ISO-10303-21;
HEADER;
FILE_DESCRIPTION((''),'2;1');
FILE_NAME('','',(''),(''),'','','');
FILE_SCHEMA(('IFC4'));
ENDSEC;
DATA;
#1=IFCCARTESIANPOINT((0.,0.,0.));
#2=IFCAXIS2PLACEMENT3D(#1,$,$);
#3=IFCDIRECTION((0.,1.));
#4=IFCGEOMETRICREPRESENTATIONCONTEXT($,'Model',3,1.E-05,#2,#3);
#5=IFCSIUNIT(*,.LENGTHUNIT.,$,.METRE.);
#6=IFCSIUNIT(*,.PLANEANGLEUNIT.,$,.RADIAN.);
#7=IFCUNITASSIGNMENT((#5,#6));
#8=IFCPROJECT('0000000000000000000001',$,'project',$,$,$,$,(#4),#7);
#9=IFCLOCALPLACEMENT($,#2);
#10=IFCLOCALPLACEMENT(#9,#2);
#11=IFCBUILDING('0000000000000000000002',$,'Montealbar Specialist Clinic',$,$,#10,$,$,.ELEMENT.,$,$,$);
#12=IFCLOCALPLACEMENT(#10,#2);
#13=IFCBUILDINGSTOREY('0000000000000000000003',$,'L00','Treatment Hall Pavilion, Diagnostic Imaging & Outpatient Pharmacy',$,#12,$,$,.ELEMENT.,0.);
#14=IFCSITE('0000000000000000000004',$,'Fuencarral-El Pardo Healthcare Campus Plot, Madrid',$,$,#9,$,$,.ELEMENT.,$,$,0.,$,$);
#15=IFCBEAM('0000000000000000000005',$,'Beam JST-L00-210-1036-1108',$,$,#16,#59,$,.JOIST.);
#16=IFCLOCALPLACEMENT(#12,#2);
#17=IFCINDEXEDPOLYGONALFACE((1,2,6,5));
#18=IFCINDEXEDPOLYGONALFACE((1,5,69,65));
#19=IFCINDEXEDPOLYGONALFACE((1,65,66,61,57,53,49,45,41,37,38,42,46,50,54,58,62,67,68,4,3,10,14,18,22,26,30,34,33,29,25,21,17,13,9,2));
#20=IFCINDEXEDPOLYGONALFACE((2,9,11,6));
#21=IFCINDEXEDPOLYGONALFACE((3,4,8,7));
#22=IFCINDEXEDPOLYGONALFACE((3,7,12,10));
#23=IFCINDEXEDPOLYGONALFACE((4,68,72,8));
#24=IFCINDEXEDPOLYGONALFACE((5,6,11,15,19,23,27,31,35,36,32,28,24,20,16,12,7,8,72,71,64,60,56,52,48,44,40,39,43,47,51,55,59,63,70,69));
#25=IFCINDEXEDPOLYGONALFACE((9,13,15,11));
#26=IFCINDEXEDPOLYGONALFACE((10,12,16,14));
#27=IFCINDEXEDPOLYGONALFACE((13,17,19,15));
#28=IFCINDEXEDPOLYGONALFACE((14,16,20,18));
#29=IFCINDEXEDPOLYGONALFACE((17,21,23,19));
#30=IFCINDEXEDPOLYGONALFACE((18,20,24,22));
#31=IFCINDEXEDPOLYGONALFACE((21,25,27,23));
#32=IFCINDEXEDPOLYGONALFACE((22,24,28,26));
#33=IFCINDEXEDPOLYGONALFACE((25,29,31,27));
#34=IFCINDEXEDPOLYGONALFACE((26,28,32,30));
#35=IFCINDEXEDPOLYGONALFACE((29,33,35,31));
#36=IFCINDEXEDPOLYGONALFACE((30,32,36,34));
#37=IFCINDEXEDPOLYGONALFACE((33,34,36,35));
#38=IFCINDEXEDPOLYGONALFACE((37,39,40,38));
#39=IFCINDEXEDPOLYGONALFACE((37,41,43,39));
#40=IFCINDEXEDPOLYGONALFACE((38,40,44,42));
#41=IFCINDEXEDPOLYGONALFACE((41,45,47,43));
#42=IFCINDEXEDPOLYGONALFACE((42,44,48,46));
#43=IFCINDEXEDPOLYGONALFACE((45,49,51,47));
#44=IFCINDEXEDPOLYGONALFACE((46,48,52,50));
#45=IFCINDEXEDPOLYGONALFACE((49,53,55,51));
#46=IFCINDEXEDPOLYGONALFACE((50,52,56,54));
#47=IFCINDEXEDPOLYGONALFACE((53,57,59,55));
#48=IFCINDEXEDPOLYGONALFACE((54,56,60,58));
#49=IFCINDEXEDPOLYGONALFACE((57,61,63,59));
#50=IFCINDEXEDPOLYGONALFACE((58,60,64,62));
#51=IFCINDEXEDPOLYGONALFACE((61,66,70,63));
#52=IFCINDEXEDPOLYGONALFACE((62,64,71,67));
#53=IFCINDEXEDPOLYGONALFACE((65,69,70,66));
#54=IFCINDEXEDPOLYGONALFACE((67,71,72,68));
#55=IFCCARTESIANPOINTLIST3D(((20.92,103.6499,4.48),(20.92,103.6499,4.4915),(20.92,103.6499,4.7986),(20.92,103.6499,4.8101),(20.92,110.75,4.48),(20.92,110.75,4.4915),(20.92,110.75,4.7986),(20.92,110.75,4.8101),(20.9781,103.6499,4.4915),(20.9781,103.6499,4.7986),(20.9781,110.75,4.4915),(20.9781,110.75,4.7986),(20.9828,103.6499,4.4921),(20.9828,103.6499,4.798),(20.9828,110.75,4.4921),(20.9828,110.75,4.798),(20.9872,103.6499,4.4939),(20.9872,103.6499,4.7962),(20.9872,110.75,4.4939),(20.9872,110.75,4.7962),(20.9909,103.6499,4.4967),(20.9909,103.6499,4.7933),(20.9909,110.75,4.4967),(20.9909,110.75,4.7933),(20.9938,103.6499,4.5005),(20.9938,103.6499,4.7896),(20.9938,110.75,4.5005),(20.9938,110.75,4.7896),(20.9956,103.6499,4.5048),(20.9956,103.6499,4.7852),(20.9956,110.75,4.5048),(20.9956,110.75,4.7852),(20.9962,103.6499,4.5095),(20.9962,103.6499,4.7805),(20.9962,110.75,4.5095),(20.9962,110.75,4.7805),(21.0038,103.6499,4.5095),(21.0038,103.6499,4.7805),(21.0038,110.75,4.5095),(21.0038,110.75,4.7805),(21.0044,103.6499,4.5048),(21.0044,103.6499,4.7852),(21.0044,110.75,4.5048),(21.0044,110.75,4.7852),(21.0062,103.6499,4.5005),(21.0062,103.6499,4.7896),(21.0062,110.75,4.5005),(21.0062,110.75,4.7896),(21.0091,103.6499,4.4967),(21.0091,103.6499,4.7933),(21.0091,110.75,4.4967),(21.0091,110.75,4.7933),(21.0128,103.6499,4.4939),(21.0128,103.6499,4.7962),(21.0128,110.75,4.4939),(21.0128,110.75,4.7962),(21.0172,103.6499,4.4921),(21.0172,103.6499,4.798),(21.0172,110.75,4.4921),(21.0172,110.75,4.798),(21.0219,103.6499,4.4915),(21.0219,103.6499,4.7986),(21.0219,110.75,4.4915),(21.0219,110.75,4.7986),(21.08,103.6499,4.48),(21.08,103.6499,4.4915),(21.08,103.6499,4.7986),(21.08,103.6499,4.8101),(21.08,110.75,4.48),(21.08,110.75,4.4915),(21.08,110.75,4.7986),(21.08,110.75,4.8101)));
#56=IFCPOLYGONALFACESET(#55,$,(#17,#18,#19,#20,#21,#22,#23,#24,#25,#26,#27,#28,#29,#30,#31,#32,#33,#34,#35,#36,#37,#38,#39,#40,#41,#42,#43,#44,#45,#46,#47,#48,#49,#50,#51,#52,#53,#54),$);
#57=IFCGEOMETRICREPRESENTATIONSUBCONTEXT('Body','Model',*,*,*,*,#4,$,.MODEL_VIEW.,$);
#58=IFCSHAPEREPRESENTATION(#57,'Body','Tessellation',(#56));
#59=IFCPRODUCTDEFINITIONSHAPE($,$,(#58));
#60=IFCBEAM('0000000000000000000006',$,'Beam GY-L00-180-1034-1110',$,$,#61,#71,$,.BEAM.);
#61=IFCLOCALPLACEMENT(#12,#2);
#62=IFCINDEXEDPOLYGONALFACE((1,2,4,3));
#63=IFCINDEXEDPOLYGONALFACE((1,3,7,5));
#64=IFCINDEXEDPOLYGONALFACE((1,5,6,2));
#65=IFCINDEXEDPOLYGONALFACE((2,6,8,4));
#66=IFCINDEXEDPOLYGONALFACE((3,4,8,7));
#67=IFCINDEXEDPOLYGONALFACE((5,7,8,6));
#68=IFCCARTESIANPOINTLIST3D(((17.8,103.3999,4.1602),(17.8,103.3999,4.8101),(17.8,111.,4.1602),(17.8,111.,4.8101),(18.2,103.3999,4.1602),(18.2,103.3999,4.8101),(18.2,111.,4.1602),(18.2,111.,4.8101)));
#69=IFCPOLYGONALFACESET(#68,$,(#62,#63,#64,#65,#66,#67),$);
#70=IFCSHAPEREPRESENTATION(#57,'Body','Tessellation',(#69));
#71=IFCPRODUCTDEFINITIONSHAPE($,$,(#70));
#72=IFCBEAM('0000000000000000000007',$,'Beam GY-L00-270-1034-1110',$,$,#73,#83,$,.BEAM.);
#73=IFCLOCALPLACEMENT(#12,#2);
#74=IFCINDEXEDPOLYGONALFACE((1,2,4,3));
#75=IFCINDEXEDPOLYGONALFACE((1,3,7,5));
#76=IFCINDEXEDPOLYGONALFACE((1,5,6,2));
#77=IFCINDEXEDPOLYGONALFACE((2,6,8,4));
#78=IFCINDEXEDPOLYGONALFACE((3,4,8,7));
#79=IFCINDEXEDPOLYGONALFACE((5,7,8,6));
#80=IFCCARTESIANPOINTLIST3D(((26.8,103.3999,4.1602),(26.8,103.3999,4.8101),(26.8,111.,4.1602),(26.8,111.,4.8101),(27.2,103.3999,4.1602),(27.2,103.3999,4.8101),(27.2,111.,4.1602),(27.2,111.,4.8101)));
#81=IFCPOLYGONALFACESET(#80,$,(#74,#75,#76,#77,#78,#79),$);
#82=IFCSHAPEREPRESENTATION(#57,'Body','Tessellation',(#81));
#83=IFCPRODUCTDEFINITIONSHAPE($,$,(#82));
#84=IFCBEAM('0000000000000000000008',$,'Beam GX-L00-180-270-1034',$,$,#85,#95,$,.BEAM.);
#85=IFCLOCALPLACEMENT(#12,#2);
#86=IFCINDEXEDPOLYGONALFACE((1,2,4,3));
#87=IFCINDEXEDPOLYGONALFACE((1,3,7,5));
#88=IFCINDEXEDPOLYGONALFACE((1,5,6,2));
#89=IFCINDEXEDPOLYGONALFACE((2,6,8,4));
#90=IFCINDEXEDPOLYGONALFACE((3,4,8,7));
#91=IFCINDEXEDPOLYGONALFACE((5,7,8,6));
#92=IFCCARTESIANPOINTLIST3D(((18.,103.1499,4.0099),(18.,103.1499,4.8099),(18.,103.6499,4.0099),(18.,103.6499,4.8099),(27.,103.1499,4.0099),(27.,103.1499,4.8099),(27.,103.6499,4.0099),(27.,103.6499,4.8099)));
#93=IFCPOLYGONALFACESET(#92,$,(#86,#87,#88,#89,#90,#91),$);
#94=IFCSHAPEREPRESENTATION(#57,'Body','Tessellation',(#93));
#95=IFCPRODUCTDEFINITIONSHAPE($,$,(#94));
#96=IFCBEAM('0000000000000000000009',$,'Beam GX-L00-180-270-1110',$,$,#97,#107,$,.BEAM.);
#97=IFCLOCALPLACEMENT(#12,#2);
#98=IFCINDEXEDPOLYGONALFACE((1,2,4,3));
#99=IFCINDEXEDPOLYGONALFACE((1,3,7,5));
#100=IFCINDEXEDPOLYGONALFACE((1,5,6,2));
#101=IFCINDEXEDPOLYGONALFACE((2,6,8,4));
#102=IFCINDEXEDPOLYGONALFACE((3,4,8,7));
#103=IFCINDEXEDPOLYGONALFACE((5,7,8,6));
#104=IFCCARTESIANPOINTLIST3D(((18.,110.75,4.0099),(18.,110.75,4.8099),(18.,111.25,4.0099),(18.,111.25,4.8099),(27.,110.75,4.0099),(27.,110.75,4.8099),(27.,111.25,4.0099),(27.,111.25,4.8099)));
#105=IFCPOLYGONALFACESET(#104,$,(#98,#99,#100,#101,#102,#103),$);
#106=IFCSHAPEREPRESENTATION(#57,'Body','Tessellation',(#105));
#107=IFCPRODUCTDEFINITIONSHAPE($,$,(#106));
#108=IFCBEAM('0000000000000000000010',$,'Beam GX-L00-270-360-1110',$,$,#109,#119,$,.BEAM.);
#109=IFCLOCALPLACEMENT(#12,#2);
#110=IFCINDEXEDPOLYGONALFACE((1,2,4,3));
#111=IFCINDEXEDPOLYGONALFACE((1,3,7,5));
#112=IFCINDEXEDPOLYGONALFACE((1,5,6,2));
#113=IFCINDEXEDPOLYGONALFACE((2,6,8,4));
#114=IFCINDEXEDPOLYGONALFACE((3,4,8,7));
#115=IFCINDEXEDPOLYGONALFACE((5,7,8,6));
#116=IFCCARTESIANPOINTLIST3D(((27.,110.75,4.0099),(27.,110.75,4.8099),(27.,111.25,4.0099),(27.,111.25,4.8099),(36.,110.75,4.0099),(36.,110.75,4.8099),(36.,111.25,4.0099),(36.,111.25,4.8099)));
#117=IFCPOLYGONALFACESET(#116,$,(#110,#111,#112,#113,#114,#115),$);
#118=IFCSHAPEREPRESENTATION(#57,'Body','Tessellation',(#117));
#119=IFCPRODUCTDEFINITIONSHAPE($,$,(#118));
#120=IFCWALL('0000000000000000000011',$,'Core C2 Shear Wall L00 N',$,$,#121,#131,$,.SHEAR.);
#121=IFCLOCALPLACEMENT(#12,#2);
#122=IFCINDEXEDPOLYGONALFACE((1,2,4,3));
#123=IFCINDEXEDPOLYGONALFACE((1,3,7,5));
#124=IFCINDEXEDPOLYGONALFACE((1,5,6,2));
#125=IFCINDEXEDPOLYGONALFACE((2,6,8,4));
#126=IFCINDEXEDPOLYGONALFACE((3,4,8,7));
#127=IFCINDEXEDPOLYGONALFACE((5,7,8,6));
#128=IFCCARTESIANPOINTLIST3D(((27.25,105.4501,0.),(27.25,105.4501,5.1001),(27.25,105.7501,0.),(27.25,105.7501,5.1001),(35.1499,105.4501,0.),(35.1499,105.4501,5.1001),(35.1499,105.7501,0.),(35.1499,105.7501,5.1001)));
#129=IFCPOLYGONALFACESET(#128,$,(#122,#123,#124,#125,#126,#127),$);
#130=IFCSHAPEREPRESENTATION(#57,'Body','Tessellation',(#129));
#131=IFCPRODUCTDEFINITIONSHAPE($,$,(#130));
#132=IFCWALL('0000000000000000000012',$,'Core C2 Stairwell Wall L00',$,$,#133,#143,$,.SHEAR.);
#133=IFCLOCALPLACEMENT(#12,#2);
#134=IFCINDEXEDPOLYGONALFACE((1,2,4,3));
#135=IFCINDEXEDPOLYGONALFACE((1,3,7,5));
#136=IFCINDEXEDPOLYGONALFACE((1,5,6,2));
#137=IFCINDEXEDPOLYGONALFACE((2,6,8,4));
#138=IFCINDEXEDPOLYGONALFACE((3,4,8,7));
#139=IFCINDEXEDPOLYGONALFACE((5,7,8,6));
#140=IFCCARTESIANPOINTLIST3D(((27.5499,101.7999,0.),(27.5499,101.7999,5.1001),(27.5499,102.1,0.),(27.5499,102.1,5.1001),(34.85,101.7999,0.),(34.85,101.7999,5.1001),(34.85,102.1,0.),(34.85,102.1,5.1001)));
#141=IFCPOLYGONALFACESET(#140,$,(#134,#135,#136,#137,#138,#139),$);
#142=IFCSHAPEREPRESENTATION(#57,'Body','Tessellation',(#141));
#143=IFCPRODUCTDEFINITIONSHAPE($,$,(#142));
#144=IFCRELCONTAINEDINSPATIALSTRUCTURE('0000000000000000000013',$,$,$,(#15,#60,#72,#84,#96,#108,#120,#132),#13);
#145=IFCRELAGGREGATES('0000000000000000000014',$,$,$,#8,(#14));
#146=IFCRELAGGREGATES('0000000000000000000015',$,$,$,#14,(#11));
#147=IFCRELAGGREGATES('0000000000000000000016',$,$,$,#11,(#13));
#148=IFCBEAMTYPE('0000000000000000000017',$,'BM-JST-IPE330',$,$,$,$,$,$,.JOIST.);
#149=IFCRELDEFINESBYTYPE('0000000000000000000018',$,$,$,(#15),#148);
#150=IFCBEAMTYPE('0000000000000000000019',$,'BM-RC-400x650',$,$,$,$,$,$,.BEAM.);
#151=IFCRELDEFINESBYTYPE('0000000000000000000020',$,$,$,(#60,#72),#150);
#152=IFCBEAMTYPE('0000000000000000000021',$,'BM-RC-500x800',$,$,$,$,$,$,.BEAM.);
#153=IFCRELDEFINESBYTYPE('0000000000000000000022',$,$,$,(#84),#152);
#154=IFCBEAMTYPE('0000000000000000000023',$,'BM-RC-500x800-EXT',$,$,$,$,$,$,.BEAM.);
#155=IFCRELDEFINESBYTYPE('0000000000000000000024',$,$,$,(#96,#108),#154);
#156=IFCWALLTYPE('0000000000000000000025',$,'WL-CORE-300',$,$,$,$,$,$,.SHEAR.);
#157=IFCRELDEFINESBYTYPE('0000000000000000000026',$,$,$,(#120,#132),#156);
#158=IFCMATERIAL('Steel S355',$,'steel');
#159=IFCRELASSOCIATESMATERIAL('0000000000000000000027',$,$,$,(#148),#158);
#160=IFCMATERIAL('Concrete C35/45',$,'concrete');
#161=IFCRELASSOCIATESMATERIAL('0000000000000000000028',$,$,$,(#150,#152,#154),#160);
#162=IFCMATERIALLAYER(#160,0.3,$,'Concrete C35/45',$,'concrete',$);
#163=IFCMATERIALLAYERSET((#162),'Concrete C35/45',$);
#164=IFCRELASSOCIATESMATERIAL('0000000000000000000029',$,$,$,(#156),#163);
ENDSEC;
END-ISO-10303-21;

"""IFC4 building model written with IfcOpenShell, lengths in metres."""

from ifc_helpers import new_model, si_unit, direction, frame, frame_2d, origin, origin_2d, place, context, subcontext, project, spatial, rectangle, i_section, extrude, material, layer, layer_set, material_profile, profile_set, type_object, element, save


model = new_model("IFC4")

# Units and contexts
model_context = context("Model", 3, precision=1e-05, world=origin(), true_north=direction((0.0, 1.0)))
body_context = subcontext(model_context, "Body", "Model", "MODEL_VIEW")
ifc_project = project(units=[si_unit("LENGTHUNIT", "METRE"), si_unit("PLANEANGLEUNIT", "RADIAN")], contexts=[model_context])

# Site, building, storey
site_placement = place(None, origin())
site = spatial("IfcSite", under=ifc_project, at=site_placement, Name="Fuencarral-El Pardo Healthcare Campus Plot, Madrid", CompositionType="ELEMENT", RefElevation=0.0)
building_placement = place(site_placement, origin())
building = spatial("IfcBuilding", under=site, at=building_placement, Name="Montealbar Specialist Clinic", CompositionType="ELEMENT")
storey_placement = place(building_placement, origin())
storey = spatial("IfcBuildingStorey", under=building, at=storey_placement, Name="L00", Description="Treatment Hall Pavilion, Diagnostic Imaging & Outpatient Pharmacy", CompositionType="ELEMENT", Elevation=0.0)

# Shared definitions
ifc_material_1 = material(Name="Concrete C35/45", Category="concrete")

# Beams
ifc_material_2 = material(Name="Steel S355", Category="steel")
ifc_material_profile_1 = material_profile(ifc_material_2, i_section(OverallWidth=0.1599, OverallDepth=0.3301, WebThickness=0.0076, FlangeThickness=0.0115, FilletRadius=0.0181, at=origin_2d()), Name="IPE 330", Category="steel")
ifc_profile_set_1 = profile_set([ifc_material_profile_1], Name="Steel S355")
beam_type_1 = type_object("IfcBeamType", Name="BM-JST-IPE330", PredefinedType="JOIST", material=ifc_profile_set_1)
beam_1_placement = place(storey_placement, frame((21.0, 103.6499, 4.645), z_axis=(0.0, 1.0, 0.0), x_axis=(-1.0, 0.0, 0.0)))
element("IfcBeam", 1, at=beam_1_placement, inside=storey, type_object=beam_type_1, Name="Beam JST-L00-210-1036-1108", PredefinedType="JOIST", context=body_context, shape_type="SweptSolid", body=[
    extrude(i_section(OverallWidth=0.1599, OverallDepth=0.3301, WebThickness=0.0076, FlangeThickness=0.0115, FilletRadius=0.0181, at=origin_2d()), origin(), (0.0, 0.0, 1.0), 7.1001),
])
ifc_material_profile_2 = material_profile(ifc_material_1, rectangle(XDim=0.3999, YDim=0.6499, at=origin_2d()), Name="RC 400x650", Category="concrete")
ifc_profile_set_2 = profile_set([ifc_material_profile_2], Name="Concrete C35/45")
beam_type_2 = type_object("IfcBeamType", Name="BM-RC-400x650", PredefinedType="BEAM", material=ifc_profile_set_2)
for number, where, z_axis, x_axis, name in (
    (2, (18.0, 103.3999, 4.4851), (0.0, 1.0, 0.0), (-1.0, 0.0, 0.0), "Beam GY-L00-180-1034-1110"),
    (3, (27.0, 103.3999, 4.4851), (0.0, 1.0, 0.0), (-1.0, 0.0, 0.0), "Beam GY-L00-270-1034-1110"),
):
    element("IfcBeam", number, at=place(storey_placement, frame(where, z_axis=z_axis, x_axis=x_axis)), inside=storey, type_object=beam_type_2, Name=name, PredefinedType="BEAM", context=body_context, shape_type="SweptSolid", body=[
        extrude(rectangle(XDim=0.3999, YDim=0.6499, at=origin_2d()), origin(), (0.0, 0.0, 1.0), 7.6001),
    ])
ifc_material_profile_3 = material_profile(ifc_material_1, rectangle(XDim=0.5, YDim=0.8, at=origin_2d()), Name="RC 500x800", Category="concrete")
ifc_profile_set_3 = profile_set([ifc_material_profile_3], Name="Concrete C35/45")
beam_type_3 = type_object("IfcBeamType", Name="BM-RC-500x800", PredefinedType="BEAM", material=ifc_profile_set_3)
beam_2_placement = place(storey_placement, frame((18.0, 103.3999, 4.4099), z_axis=(1.0, 0.0, 0.0), x_axis=(0.0, 1.0, 0.0)))
element("IfcBeam", 4, at=beam_2_placement, inside=storey, type_object=beam_type_3, Name="Beam GX-L00-180-270-1034", PredefinedType="BEAM", context=body_context, shape_type="SweptSolid", body=[
    extrude(rectangle(XDim=0.5, YDim=0.8, at=origin_2d()), origin(), (0.0, 0.0, 1.0), 9.0),
])
ifc_material_profile_4 = material_profile(ifc_material_1, rectangle(XDim=0.5, YDim=0.8, at=origin_2d()), Name="RC 500x800", Category="concrete")
ifc_profile_set_4 = profile_set([ifc_material_profile_4], Name="Concrete C35/45")
beam_type_4 = type_object("IfcBeamType", Name="BM-RC-500x800-EXT", PredefinedType="BEAM", material=ifc_profile_set_4)
for number, where, z_axis, x_axis, name in (
    (5, (18.0, 111.0, 4.4099), (1.0, 0.0, 0.0), (0.0, 1.0, 0.0), "Beam GX-L00-180-270-1110"),
    (6, (27.0, 111.0, 4.4099), (1.0, 0.0, 0.0), (0.0, 1.0, 0.0), "Beam GX-L00-270-360-1110"),
):
    element("IfcBeam", number, at=place(storey_placement, frame(where, z_axis=z_axis, x_axis=x_axis)), inside=storey, type_object=beam_type_4, Name=name, PredefinedType="BEAM", context=body_context, shape_type="SweptSolid", body=[
        extrude(rectangle(XDim=0.5, YDim=0.8, at=origin_2d()), origin(), (0.0, 0.0, 1.0), 9.0),
    ])

# Walls
ifc_layer_1 = layer(ifc_material_1, 0.3, Name="Concrete C35/45", Category="concrete")
ifc_layer_set_1 = layer_set([ifc_layer_1], Name="Concrete C35/45")
wall_type = type_object("IfcWallType", Name="WL-CORE-300", PredefinedType="SHEAR", material=ifc_layer_set_1)
wall_1_placement = place(storey_placement, frame((27.25, 105.6001, 0.0), z_axis=(0.0, 0.0, 1.0), x_axis=(1.0, 0.0, 0.0)))
element("IfcWall", 7, at=wall_1_placement, inside=storey, type_object=wall_type, Name="Core C2 Shear Wall L00 N", PredefinedType="SHEAR", context=body_context, shape_type="SweptSolid", body=[
    extrude(rectangle(XDim=7.8999, YDim=0.3, at=frame_2d((3.95, 0.0))), origin(), (0.0, 0.0, 1.0), 5.1001),
])
wall_2_placement = place(storey_placement, frame((27.55, 101.95, 0.0), z_axis=(0.0, 0.0, 1.0), x_axis=(1.0, 0.0, 0.0)))
element("IfcWall", 8, at=wall_2_placement, inside=storey, type_object=wall_type, Name="Core C2 Stairwell Wall L00", PredefinedType="SHEAR", context=body_context, shape_type="SweptSolid", body=[
    extrude(rectangle(XDim=7.3, YDim=0.3, at=frame_2d((3.6499, 0.0))), origin(), (0.0, 0.0, 1.0), 5.1001),
])

save(model, "model.ifc")
